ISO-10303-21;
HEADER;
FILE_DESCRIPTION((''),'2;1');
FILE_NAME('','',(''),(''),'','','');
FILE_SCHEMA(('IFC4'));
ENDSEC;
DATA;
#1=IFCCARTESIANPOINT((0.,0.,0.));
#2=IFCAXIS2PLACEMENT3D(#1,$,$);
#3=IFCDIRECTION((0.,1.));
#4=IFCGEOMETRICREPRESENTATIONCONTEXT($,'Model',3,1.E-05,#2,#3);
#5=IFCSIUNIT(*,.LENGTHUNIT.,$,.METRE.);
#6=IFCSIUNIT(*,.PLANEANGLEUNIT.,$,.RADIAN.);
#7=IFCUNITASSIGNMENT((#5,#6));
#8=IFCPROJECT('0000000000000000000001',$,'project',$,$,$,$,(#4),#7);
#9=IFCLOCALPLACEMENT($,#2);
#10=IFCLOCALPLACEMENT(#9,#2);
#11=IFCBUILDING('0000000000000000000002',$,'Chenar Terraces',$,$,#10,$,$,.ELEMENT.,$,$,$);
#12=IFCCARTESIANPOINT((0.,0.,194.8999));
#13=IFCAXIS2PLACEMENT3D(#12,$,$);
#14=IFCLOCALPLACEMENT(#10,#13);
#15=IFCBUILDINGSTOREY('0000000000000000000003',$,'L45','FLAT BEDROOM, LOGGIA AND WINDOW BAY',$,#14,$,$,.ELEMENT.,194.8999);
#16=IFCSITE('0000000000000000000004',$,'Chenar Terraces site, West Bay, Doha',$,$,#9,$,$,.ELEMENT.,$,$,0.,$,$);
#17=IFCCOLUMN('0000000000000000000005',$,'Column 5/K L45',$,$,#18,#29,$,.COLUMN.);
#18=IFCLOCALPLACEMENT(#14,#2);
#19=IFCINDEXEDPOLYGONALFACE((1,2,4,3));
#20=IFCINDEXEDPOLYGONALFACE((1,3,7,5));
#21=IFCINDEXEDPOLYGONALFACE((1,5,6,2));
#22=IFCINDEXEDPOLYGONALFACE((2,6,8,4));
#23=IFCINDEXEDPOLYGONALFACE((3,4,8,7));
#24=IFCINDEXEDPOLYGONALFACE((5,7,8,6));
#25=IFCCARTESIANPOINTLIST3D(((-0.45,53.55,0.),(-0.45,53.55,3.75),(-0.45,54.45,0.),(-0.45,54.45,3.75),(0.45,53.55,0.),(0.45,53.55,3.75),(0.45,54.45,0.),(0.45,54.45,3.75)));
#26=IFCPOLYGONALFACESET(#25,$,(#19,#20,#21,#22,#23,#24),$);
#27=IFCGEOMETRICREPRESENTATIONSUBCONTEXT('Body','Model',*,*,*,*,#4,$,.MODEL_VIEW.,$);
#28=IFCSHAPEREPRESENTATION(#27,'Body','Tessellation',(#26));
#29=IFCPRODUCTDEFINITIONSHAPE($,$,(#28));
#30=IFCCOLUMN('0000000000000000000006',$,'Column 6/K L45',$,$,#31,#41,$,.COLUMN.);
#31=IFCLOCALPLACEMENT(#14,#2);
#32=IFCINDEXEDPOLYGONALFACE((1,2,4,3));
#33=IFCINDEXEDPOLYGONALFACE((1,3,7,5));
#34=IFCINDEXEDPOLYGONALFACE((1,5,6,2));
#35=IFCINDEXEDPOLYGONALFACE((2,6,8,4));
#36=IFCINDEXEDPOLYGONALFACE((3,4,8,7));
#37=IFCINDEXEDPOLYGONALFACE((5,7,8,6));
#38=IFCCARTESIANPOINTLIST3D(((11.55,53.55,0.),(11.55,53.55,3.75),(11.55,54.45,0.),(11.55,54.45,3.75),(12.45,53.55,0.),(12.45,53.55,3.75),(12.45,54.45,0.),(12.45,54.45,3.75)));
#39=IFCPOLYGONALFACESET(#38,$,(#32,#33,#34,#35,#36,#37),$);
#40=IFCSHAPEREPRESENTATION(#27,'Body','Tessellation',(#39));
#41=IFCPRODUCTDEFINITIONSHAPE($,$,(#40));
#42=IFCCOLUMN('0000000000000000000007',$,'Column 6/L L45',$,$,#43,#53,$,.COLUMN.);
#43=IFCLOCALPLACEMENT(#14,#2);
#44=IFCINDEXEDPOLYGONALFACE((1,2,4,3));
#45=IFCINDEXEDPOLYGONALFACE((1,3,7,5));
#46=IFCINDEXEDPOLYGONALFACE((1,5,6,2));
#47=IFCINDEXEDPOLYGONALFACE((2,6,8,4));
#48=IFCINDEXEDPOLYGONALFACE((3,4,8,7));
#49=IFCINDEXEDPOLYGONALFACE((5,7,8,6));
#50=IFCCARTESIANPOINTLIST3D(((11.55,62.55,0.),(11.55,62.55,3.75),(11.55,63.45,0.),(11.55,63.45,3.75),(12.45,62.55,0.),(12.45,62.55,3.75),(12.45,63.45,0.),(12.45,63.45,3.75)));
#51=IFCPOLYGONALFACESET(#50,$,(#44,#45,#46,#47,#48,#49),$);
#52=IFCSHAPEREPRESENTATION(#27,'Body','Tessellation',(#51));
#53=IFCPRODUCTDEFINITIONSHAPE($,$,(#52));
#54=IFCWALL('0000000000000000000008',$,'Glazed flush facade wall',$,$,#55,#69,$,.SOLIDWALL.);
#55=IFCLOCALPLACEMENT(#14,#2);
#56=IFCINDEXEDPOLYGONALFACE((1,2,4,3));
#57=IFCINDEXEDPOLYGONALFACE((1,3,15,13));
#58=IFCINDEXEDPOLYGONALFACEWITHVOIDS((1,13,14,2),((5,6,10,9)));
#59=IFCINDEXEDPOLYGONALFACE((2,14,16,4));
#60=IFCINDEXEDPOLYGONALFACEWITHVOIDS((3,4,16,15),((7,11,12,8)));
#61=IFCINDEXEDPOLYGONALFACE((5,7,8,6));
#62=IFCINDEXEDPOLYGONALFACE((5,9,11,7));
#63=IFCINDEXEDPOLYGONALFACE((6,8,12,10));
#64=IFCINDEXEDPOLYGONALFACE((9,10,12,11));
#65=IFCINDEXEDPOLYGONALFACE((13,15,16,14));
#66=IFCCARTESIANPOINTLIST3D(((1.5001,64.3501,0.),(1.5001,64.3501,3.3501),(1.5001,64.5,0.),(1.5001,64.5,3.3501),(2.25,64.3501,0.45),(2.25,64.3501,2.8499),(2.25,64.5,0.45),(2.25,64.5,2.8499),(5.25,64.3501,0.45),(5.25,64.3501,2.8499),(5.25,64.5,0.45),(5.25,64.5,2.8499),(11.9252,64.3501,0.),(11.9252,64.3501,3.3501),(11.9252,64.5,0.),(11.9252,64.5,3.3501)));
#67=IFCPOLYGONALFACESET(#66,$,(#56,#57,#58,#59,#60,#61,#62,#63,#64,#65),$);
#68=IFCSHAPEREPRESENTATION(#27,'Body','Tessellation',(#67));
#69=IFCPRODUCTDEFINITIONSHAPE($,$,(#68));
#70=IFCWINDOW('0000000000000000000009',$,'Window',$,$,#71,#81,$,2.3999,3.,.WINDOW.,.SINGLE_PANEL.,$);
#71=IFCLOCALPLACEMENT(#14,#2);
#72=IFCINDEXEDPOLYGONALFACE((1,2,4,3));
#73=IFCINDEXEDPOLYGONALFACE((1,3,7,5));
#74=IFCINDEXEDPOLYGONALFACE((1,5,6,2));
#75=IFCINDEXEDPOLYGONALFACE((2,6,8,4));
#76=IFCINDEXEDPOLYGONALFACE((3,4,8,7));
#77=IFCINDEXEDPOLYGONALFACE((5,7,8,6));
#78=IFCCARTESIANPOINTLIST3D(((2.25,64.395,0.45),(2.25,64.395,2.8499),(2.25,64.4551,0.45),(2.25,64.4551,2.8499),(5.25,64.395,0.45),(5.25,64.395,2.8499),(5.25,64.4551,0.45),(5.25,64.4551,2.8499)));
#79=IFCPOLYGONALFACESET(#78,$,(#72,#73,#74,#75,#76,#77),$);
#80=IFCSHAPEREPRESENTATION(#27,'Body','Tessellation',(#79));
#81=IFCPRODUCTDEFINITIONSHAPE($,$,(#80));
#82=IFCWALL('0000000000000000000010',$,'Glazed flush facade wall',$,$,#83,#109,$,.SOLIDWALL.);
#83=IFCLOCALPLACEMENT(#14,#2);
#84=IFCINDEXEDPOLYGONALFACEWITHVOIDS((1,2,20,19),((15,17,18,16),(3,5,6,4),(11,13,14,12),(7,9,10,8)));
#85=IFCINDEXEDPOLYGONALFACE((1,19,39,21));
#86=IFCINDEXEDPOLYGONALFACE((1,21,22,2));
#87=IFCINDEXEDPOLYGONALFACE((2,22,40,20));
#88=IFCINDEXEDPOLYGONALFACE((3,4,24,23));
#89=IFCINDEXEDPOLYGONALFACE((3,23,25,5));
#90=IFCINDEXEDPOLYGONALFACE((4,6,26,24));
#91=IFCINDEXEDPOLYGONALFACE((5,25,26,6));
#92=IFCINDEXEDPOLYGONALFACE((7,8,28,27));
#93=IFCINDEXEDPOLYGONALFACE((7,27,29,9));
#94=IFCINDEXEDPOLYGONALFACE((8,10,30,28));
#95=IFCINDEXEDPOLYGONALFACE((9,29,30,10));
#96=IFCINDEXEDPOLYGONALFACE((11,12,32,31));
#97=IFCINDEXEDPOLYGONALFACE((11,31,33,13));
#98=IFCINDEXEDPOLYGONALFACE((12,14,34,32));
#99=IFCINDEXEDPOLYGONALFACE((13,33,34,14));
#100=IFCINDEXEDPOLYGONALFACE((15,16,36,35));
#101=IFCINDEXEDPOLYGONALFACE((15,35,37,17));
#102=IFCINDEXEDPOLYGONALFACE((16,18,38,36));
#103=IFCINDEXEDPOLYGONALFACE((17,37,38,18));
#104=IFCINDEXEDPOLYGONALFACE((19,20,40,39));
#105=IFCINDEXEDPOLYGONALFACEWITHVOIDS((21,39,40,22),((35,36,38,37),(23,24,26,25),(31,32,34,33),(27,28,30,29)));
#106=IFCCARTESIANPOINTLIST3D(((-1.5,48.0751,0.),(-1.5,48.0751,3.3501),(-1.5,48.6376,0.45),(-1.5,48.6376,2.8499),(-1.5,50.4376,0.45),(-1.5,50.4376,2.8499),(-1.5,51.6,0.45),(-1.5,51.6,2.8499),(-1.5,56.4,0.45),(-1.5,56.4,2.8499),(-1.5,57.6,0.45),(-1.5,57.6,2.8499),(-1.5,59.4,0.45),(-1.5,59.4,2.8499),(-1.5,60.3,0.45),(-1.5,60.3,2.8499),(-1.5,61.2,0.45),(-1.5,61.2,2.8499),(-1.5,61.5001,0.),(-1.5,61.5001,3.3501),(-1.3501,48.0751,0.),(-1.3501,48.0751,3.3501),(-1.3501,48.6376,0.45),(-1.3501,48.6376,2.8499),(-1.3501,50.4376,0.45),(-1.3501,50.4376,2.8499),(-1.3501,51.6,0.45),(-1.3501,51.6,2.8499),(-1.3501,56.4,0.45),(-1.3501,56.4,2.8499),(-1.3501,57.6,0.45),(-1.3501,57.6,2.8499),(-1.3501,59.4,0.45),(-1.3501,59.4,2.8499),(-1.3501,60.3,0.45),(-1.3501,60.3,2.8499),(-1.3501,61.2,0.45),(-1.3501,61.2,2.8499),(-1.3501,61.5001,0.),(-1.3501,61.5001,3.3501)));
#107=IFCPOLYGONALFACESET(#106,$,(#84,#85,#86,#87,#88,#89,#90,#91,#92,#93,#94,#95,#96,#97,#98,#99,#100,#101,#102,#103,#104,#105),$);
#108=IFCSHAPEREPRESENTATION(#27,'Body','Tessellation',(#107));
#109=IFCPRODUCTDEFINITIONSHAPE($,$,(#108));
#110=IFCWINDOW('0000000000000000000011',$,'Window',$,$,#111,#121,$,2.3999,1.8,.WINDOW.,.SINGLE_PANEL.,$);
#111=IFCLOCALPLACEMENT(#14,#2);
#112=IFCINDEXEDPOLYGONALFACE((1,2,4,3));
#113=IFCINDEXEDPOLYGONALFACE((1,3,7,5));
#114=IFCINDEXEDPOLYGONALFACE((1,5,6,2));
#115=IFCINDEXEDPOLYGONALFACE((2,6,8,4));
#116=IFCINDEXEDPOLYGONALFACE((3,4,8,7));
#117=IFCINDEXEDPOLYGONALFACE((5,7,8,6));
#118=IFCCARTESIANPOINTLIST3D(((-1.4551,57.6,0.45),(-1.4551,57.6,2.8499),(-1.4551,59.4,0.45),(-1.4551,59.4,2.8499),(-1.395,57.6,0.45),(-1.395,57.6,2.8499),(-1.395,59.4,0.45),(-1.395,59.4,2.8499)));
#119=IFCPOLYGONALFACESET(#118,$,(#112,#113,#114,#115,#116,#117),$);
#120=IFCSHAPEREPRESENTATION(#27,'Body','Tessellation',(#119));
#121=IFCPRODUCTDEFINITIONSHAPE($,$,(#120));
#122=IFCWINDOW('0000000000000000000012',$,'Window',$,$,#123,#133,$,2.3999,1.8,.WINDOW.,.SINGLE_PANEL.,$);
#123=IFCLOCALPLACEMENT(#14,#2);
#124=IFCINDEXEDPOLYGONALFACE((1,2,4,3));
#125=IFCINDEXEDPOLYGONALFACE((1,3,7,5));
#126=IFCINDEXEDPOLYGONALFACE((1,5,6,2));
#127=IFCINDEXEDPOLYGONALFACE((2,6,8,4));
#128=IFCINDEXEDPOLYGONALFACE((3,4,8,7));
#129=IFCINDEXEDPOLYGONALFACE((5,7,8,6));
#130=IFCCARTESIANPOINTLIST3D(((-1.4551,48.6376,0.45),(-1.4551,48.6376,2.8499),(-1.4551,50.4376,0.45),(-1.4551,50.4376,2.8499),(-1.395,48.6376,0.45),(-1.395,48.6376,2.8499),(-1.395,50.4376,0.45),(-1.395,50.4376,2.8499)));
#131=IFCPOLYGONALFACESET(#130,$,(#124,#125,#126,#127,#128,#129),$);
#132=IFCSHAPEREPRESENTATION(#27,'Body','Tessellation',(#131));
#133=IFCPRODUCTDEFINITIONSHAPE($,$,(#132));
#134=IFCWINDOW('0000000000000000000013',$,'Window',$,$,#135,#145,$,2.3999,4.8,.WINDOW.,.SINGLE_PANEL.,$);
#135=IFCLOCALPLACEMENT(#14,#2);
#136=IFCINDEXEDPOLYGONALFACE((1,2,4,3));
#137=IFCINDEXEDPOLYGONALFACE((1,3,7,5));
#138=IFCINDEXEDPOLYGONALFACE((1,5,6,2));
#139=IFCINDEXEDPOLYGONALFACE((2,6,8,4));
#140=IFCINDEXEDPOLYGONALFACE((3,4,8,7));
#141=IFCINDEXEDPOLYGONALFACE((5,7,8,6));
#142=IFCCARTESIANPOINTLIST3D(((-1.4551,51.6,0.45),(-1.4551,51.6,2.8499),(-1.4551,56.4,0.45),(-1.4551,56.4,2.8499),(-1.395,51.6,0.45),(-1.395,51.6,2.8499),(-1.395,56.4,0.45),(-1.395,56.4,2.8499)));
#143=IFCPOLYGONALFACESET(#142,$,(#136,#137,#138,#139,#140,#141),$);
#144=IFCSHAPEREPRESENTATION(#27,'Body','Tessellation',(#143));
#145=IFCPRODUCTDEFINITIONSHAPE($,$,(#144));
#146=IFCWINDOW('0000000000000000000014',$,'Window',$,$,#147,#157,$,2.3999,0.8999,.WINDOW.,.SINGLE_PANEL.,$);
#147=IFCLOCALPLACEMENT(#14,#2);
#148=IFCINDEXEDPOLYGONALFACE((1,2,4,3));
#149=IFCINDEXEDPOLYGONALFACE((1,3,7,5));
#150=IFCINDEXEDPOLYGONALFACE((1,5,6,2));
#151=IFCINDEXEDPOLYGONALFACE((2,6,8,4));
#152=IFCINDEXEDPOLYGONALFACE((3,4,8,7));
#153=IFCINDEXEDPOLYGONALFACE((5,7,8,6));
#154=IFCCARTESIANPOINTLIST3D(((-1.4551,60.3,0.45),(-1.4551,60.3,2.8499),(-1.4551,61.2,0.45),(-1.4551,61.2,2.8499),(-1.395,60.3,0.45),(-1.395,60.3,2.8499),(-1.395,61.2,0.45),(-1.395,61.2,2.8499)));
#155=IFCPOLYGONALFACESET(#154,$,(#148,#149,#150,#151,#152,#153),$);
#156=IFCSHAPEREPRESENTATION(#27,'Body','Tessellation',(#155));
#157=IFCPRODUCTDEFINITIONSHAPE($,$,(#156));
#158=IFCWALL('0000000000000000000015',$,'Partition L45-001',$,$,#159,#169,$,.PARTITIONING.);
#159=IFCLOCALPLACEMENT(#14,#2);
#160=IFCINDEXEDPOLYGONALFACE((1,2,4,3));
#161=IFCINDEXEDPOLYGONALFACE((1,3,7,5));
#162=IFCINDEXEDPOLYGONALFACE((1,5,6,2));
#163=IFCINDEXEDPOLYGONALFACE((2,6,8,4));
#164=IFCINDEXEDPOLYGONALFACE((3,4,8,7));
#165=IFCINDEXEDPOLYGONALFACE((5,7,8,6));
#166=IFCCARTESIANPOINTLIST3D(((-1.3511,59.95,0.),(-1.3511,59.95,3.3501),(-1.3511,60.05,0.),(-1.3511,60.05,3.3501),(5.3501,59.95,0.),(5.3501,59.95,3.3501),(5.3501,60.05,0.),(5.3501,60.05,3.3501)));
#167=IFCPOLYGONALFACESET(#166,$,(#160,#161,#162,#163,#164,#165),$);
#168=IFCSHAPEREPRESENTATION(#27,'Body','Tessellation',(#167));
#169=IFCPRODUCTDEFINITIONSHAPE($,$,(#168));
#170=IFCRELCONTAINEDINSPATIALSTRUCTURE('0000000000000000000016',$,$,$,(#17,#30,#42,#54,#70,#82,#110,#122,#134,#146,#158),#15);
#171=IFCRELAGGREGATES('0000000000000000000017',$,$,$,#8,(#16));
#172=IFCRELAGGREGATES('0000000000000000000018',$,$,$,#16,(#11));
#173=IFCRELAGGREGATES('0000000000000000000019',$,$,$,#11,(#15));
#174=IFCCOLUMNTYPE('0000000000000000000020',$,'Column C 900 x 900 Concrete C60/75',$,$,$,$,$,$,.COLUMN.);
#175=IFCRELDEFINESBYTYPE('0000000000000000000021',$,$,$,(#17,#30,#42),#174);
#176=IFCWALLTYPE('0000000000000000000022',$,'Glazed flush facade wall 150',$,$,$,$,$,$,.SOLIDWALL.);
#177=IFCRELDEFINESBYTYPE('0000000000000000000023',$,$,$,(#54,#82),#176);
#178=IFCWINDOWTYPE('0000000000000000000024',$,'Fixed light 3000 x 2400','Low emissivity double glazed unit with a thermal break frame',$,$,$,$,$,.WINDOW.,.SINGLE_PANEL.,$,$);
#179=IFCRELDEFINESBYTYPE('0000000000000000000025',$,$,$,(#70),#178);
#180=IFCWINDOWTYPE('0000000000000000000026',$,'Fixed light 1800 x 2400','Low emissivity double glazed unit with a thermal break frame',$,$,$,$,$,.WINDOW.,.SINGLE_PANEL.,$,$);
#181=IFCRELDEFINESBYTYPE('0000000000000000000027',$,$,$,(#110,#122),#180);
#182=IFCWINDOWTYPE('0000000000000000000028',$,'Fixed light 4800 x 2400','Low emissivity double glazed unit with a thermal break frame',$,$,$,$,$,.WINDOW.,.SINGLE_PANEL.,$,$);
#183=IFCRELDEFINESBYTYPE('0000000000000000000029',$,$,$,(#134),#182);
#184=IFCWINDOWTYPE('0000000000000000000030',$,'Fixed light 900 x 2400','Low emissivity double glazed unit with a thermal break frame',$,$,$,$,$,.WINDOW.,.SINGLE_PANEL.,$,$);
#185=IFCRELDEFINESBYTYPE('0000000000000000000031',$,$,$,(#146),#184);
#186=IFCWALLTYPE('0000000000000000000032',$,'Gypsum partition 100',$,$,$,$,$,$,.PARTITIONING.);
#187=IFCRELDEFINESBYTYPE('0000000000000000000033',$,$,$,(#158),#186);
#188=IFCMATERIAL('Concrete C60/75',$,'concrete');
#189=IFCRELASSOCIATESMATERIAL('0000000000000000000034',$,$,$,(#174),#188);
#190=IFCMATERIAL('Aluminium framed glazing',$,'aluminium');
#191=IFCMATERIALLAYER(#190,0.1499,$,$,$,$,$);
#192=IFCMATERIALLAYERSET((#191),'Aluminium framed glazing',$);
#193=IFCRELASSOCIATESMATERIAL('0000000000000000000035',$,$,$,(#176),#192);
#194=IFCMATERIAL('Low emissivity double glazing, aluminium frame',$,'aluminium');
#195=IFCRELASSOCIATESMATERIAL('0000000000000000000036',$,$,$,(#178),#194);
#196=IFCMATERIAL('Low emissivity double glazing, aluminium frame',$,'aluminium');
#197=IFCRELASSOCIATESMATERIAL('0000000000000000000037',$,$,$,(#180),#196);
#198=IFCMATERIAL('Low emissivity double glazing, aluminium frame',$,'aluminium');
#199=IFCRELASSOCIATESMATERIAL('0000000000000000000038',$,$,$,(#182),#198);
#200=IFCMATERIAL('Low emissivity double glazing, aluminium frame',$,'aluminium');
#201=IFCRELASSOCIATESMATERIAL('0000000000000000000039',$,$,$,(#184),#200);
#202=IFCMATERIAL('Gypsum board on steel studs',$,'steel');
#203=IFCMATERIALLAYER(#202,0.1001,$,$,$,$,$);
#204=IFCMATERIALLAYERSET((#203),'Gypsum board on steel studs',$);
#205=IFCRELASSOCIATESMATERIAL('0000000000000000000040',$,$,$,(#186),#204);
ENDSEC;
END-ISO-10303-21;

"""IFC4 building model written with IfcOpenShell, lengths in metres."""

from ifc_helpers import new_model, si_unit, direction, frame, frame_2d, origin, origin_2d, place, context, subcontext, project, spatial, rectangle, extrude, material, layer, layer_set, material_profile, profile_set, type_object, element, fill, save


model = new_model("IFC4")

# Units and contexts
model_context = context("Model", 3, precision=1e-05, world=origin(), true_north=direction((0.0, 1.0)))
body_context = subcontext(model_context, "Body", "Model", "MODEL_VIEW")
ifc_project = project(units=[si_unit("LENGTHUNIT", "METRE"), si_unit("PLANEANGLEUNIT", "RADIAN")], contexts=[model_context])

# Site, building, storey
site_placement = place(None, origin())
site = spatial("IfcSite", under=ifc_project, at=site_placement, Name="Chenar Terraces site, West Bay, Doha", CompositionType="ELEMENT", RefElevation=0.0)
building_placement = place(site_placement, origin())
building = spatial("IfcBuilding", under=site, at=building_placement, Name="Chenar Terraces", CompositionType="ELEMENT")
storey_placement = place(building_placement, frame((0.0, 0.0, 194.8999)))
storey = spatial("IfcBuildingStorey", under=building, at=storey_placement, Name="L45", Description="FLAT BEDROOM, LOGGIA AND WINDOW BAY", CompositionType="ELEMENT", Elevation=194.8999)

# Columns
ifc_material_1 = material(Name="Concrete C60/75", Category="concrete")
ifc_material_profile_1 = material_profile(ifc_material_1, rectangle(XDim=0.8999, YDim=0.8999, at=origin_2d()), Name="C 900 x 900")
ifc_profile_set_1 = profile_set([ifc_material_profile_1], Name="Concrete C60/75")
column_type = type_object("IfcColumnType", Name="Column C 900 x 900 Concrete C60/75", PredefinedType="COLUMN", material=ifc_profile_set_1)
for number, where, z_axis, x_axis, name in (
    (1, (0.0, 54.0, 0.0), (0.0, 0.0, 1.0), (1.0, 0.0, 0.0), "Column 5/K L45"),
    (2, (12.0, 54.0, 0.0), (0.0, 0.0, 1.0), (1.0, 0.0, 0.0), "Column 6/K L45"),
    (3, (12.0, 63.0, 0.0), (0.0, 0.0, 1.0), (1.0, 0.0, 0.0), "Column 6/L L45"),
):
    element("IfcColumn", number, at=place(storey_placement, frame(where, z_axis=z_axis, x_axis=x_axis)), inside=storey, type_object=column_type, Name=name, PredefinedType="COLUMN", context=body_context, shape_type="SweptSolid", body=[
        extrude(rectangle(XDim=0.8999, YDim=0.8999, at=origin_2d()), origin(), (0.0, 0.0, 1.0), 3.75),
    ])

# Wall, opening, window
ifc_material_2 = material(Name="Aluminium framed glazing", Category="aluminium")
ifc_layer_1 = layer(ifc_material_2, 0.1499)
ifc_layer_set_1 = layer_set([ifc_layer_1], Name="Aluminium framed glazing")
wall_type_1 = type_object("IfcWallType", Name="Glazed flush facade wall 150", PredefinedType="SOLIDWALL", material=ifc_layer_set_1)
wall_1_placement = place(storey_placement, frame((11.925, 64.425, 0.0), z_axis=(0.0, 0.0, 1.0), x_axis=(-1.0, 0.0, 0.0)))
wall_1 = element("IfcWall", 4, at=wall_1_placement, inside=storey, type_object=wall_type_1, Name="Glazed flush facade wall", PredefinedType="SOLIDWALL", context=body_context, shape_type="SweptSolid", body=[
    extrude(rectangle(XDim=10.425, YDim=0.1499, at=frame_2d((5.2124, 0.0))), origin(), (0.0, 0.0, 1.0), 3.3501),
])
opening_1_placement = place(wall_1_placement, frame((6.675, 0.0, 0.45)))
opening_1 = element("IfcOpeningElement", 5, at=opening_1_placement, cuts=wall_1, PredefinedType="OPENING", context=body_context, shape_type="SweptSolid", body=[
    extrude(rectangle(XDim=3.0, YDim=2.3999, at=frame_2d((1.5, 1.2))), frame((0.0, 0.085, 0.0), z_axis=(0.0, -1.0, 0.0), x_axis=(1.0, 0.0, 0.0)), (0.0, 0.0, 1.0), 0.1699),
])
ifc_material_3 = material(Name="Low emissivity double glazing, aluminium frame", Category="aluminium")
window_type_1 = type_object("IfcWindowType", Name="Fixed light 3000 x 2400", Description="Low emissivity double glazed unit with a thermal break frame", PartitioningType="SINGLE_PANEL", PredefinedType="WINDOW", material=ifc_material_3)
window_1_placement = place(opening_1_placement, origin())
window_1 = element("IfcWindow", 6, at=window_1_placement, inside=storey, type_object=window_type_1, Name="Window", OverallHeight=2.3999, OverallWidth=3.0, PartitioningType="SINGLE_PANEL", PredefinedType="WINDOW", context=body_context, shape_type="SweptSolid", body=[
    extrude(rectangle(XDim=3.0, YDim=2.3999, at=frame_2d((1.5, 1.2))), frame((0.0, 0.03, 0.0), z_axis=(0.0, -1.0, 0.0), x_axis=(1.0, 0.0, 0.0)), (0.0, 0.0, 1.0), 0.0601),
])
fill(opening_1, window_1)

# Wall, openings, windows
wall_2_placement = place(storey_placement, frame((-1.425, 61.5, 0.0), z_axis=(0.0, 0.0, 1.0), x_axis=(0.0, -1.0, 0.0)))
wall_2 = element("IfcWall", 7, at=wall_2_placement, inside=storey, type_object=wall_type_1, Name="Glazed flush facade wall", PredefinedType="SOLIDWALL", context=body_context, shape_type="SweptSolid", body=[
    extrude(rectangle(XDim=13.425, YDim=0.1499, at=frame_2d((6.7124, 0.0))), origin(), (0.0, 0.0, 1.0), 3.3501),
])
opening_2_placement = place(wall_2_placement, frame((0.3, 0.0, 0.45)))
opening_2 = element("IfcOpeningElement", 8, at=opening_2_placement, cuts=wall_2, PredefinedType="OPENING", context=body_context, shape_type="SweptSolid", body=[
    extrude(rectangle(XDim=0.8999, YDim=2.3999, at=frame_2d((0.45, 1.2))), frame((0.0, 0.085, 0.0), z_axis=(0.0, -1.0, 0.0), x_axis=(1.0, 0.0, 0.0)), (0.0, 0.0, 1.0), 0.1699),
])
opening_3_placement = place(wall_2_placement, frame((2.1001, 0.0, 0.45)))
opening_3 = element("IfcOpeningElement", 9, at=opening_3_placement, cuts=wall_2, PredefinedType="OPENING", context=body_context, shape_type="SweptSolid", body=[
    extrude(rectangle(XDim=1.8, YDim=2.3999, at=frame_2d((0.8999, 1.2))), frame((0.0, 0.085, 0.0), z_axis=(0.0, -1.0, 0.0), x_axis=(1.0, 0.0, 0.0)), (0.0, 0.0, 1.0), 0.1699),
])
opening_4_placement = place(wall_2_placement, frame((5.1001, 0.0, 0.45)))
opening_4 = element("IfcOpeningElement", 10, at=opening_4_placement, cuts=wall_2, PredefinedType="OPENING", context=body_context, shape_type="SweptSolid", body=[
    extrude(rectangle(XDim=4.8, YDim=2.3999, at=frame_2d((2.3999, 1.2))), frame((0.0, 0.085, 0.0), z_axis=(0.0, -1.0, 0.0), x_axis=(1.0, 0.0, 0.0)), (0.0, 0.0, 1.0), 0.1699),
])
opening_5_placement = place(wall_2_placement, frame((11.0625, 0.0, 0.45)))
opening_5 = element("IfcOpeningElement", 11, at=opening_5_placement, cuts=wall_2, PredefinedType="OPENING", context=body_context, shape_type="SweptSolid", body=[
    extrude(rectangle(XDim=1.8, YDim=2.3999, at=frame_2d((0.8999, 1.2))), frame((0.0, 0.085, 0.0), z_axis=(0.0, -1.0, 0.0), x_axis=(1.0, 0.0, 0.0)), (0.0, 0.0, 1.0), 0.1699),
])
ifc_material_4 = material(Name="Low emissivity double glazing, aluminium frame", Category="aluminium")
window_type_2 = type_object("IfcWindowType", Name="Fixed light 1800 x 2400", Description="Low emissivity double glazed unit with a thermal break frame", PartitioningType="SINGLE_PANEL", PredefinedType="WINDOW", material=ifc_material_4)
window_2_placement = place(opening_3_placement, origin())
window_2 = element("IfcWindow", 12, at=window_2_placement, inside=storey, type_object=window_type_2, Name="Window", OverallHeight=2.3999, OverallWidth=1.8, PartitioningType="SINGLE_PANEL", PredefinedType="WINDOW", context=body_context, shape_type="SweptSolid", body=[
    extrude(rectangle(XDim=1.8, YDim=2.3999, at=frame_2d((0.8999, 1.2))), frame((0.0, 0.03, 0.0), z_axis=(0.0, -1.0, 0.0), x_axis=(1.0, 0.0, 0.0)), (0.0, 0.0, 1.0), 0.0601),
])
fill(opening_3, window_2)
window_3_placement = place(opening_5_placement, origin())
window_3 = element("IfcWindow", 13, at=window_3_placement, inside=storey, type_object=window_type_2, Name="Window", OverallHeight=2.3999, OverallWidth=1.8, PartitioningType="SINGLE_PANEL", PredefinedType="WINDOW", context=body_context, shape_type="SweptSolid", body=[
    extrude(rectangle(XDim=1.8, YDim=2.3999, at=frame_2d((0.8999, 1.2))), frame((0.0, 0.03, 0.0), z_axis=(0.0, -1.0, 0.0), x_axis=(1.0, 0.0, 0.0)), (0.0, 0.0, 1.0), 0.0601),
])
fill(opening_5, window_3)
ifc_material_5 = material(Name="Low emissivity double glazing, aluminium frame", Category="aluminium")
window_type_3 = type_object("IfcWindowType", Name="Fixed light 4800 x 2400", Description="Low emissivity double glazed unit with a thermal break frame", PartitioningType="SINGLE_PANEL", PredefinedType="WINDOW", material=ifc_material_5)
window_4_placement = place(opening_4_placement, origin())
window_4 = element("IfcWindow", 14, at=window_4_placement, inside=storey, type_object=window_type_3, Name="Window", OverallHeight=2.3999, OverallWidth=4.8, PartitioningType="SINGLE_PANEL", PredefinedType="WINDOW", context=body_context, shape_type="SweptSolid", body=[
    extrude(rectangle(XDim=4.8, YDim=2.3999, at=frame_2d((2.3999, 1.2))), frame((0.0, 0.03, 0.0), z_axis=(0.0, -1.0, 0.0), x_axis=(1.0, 0.0, 0.0)), (0.0, 0.0, 1.0), 0.0601),
])
fill(opening_4, window_4)
ifc_material_6 = material(Name="Low emissivity double glazing, aluminium frame", Category="aluminium")
window_type_4 = type_object("IfcWindowType", Name="Fixed light 900 x 2400", Description="Low emissivity double glazed unit with a thermal break frame", PartitioningType="SINGLE_PANEL", PredefinedType="WINDOW", material=ifc_material_6)
window_5_placement = place(opening_2_placement, origin())
window_5 = element("IfcWindow", 15, at=window_5_placement, inside=storey, type_object=window_type_4, Name="Window", OverallHeight=2.3999, OverallWidth=0.8999, PartitioningType="SINGLE_PANEL", PredefinedType="WINDOW", context=body_context, shape_type="SweptSolid", body=[
    extrude(rectangle(XDim=0.8999, YDim=2.3999, at=frame_2d((0.45, 1.2))), frame((0.0, 0.03, 0.0), z_axis=(0.0, -1.0, 0.0), x_axis=(1.0, 0.0, 0.0)), (0.0, 0.0, 1.0), 0.0601),
])
fill(opening_2, window_5)

# Wall
ifc_material_7 = material(Name="Gypsum board on steel studs", Category="steel")
ifc_layer_2 = layer(ifc_material_7, 0.1001)
ifc_layer_set_2 = layer_set([ifc_layer_2], Name="Gypsum board on steel studs")
wall_type_2 = type_object("IfcWallType", Name="Gypsum partition 100", PredefinedType="PARTITIONING", material=ifc_layer_set_2)
wall_3_placement = place(storey_placement, frame((-1.3511, 60.0, 0.0), z_axis=(0.0, 0.0, 1.0), x_axis=(1.0, 0.0, 0.0)))
element("IfcWall", 16, at=wall_3_placement, inside=storey, type_object=wall_type_2, Name="Partition L45-001", PredefinedType="PARTITIONING", context=body_context, shape_type="SweptSolid", body=[
    extrude(rectangle(XDim=6.7012, YDim=0.1001, at=frame_2d((3.3506, 0.0))), origin(), (0.0, 0.0, 1.0), 3.3501),
])

save(model, "model.ifc")
